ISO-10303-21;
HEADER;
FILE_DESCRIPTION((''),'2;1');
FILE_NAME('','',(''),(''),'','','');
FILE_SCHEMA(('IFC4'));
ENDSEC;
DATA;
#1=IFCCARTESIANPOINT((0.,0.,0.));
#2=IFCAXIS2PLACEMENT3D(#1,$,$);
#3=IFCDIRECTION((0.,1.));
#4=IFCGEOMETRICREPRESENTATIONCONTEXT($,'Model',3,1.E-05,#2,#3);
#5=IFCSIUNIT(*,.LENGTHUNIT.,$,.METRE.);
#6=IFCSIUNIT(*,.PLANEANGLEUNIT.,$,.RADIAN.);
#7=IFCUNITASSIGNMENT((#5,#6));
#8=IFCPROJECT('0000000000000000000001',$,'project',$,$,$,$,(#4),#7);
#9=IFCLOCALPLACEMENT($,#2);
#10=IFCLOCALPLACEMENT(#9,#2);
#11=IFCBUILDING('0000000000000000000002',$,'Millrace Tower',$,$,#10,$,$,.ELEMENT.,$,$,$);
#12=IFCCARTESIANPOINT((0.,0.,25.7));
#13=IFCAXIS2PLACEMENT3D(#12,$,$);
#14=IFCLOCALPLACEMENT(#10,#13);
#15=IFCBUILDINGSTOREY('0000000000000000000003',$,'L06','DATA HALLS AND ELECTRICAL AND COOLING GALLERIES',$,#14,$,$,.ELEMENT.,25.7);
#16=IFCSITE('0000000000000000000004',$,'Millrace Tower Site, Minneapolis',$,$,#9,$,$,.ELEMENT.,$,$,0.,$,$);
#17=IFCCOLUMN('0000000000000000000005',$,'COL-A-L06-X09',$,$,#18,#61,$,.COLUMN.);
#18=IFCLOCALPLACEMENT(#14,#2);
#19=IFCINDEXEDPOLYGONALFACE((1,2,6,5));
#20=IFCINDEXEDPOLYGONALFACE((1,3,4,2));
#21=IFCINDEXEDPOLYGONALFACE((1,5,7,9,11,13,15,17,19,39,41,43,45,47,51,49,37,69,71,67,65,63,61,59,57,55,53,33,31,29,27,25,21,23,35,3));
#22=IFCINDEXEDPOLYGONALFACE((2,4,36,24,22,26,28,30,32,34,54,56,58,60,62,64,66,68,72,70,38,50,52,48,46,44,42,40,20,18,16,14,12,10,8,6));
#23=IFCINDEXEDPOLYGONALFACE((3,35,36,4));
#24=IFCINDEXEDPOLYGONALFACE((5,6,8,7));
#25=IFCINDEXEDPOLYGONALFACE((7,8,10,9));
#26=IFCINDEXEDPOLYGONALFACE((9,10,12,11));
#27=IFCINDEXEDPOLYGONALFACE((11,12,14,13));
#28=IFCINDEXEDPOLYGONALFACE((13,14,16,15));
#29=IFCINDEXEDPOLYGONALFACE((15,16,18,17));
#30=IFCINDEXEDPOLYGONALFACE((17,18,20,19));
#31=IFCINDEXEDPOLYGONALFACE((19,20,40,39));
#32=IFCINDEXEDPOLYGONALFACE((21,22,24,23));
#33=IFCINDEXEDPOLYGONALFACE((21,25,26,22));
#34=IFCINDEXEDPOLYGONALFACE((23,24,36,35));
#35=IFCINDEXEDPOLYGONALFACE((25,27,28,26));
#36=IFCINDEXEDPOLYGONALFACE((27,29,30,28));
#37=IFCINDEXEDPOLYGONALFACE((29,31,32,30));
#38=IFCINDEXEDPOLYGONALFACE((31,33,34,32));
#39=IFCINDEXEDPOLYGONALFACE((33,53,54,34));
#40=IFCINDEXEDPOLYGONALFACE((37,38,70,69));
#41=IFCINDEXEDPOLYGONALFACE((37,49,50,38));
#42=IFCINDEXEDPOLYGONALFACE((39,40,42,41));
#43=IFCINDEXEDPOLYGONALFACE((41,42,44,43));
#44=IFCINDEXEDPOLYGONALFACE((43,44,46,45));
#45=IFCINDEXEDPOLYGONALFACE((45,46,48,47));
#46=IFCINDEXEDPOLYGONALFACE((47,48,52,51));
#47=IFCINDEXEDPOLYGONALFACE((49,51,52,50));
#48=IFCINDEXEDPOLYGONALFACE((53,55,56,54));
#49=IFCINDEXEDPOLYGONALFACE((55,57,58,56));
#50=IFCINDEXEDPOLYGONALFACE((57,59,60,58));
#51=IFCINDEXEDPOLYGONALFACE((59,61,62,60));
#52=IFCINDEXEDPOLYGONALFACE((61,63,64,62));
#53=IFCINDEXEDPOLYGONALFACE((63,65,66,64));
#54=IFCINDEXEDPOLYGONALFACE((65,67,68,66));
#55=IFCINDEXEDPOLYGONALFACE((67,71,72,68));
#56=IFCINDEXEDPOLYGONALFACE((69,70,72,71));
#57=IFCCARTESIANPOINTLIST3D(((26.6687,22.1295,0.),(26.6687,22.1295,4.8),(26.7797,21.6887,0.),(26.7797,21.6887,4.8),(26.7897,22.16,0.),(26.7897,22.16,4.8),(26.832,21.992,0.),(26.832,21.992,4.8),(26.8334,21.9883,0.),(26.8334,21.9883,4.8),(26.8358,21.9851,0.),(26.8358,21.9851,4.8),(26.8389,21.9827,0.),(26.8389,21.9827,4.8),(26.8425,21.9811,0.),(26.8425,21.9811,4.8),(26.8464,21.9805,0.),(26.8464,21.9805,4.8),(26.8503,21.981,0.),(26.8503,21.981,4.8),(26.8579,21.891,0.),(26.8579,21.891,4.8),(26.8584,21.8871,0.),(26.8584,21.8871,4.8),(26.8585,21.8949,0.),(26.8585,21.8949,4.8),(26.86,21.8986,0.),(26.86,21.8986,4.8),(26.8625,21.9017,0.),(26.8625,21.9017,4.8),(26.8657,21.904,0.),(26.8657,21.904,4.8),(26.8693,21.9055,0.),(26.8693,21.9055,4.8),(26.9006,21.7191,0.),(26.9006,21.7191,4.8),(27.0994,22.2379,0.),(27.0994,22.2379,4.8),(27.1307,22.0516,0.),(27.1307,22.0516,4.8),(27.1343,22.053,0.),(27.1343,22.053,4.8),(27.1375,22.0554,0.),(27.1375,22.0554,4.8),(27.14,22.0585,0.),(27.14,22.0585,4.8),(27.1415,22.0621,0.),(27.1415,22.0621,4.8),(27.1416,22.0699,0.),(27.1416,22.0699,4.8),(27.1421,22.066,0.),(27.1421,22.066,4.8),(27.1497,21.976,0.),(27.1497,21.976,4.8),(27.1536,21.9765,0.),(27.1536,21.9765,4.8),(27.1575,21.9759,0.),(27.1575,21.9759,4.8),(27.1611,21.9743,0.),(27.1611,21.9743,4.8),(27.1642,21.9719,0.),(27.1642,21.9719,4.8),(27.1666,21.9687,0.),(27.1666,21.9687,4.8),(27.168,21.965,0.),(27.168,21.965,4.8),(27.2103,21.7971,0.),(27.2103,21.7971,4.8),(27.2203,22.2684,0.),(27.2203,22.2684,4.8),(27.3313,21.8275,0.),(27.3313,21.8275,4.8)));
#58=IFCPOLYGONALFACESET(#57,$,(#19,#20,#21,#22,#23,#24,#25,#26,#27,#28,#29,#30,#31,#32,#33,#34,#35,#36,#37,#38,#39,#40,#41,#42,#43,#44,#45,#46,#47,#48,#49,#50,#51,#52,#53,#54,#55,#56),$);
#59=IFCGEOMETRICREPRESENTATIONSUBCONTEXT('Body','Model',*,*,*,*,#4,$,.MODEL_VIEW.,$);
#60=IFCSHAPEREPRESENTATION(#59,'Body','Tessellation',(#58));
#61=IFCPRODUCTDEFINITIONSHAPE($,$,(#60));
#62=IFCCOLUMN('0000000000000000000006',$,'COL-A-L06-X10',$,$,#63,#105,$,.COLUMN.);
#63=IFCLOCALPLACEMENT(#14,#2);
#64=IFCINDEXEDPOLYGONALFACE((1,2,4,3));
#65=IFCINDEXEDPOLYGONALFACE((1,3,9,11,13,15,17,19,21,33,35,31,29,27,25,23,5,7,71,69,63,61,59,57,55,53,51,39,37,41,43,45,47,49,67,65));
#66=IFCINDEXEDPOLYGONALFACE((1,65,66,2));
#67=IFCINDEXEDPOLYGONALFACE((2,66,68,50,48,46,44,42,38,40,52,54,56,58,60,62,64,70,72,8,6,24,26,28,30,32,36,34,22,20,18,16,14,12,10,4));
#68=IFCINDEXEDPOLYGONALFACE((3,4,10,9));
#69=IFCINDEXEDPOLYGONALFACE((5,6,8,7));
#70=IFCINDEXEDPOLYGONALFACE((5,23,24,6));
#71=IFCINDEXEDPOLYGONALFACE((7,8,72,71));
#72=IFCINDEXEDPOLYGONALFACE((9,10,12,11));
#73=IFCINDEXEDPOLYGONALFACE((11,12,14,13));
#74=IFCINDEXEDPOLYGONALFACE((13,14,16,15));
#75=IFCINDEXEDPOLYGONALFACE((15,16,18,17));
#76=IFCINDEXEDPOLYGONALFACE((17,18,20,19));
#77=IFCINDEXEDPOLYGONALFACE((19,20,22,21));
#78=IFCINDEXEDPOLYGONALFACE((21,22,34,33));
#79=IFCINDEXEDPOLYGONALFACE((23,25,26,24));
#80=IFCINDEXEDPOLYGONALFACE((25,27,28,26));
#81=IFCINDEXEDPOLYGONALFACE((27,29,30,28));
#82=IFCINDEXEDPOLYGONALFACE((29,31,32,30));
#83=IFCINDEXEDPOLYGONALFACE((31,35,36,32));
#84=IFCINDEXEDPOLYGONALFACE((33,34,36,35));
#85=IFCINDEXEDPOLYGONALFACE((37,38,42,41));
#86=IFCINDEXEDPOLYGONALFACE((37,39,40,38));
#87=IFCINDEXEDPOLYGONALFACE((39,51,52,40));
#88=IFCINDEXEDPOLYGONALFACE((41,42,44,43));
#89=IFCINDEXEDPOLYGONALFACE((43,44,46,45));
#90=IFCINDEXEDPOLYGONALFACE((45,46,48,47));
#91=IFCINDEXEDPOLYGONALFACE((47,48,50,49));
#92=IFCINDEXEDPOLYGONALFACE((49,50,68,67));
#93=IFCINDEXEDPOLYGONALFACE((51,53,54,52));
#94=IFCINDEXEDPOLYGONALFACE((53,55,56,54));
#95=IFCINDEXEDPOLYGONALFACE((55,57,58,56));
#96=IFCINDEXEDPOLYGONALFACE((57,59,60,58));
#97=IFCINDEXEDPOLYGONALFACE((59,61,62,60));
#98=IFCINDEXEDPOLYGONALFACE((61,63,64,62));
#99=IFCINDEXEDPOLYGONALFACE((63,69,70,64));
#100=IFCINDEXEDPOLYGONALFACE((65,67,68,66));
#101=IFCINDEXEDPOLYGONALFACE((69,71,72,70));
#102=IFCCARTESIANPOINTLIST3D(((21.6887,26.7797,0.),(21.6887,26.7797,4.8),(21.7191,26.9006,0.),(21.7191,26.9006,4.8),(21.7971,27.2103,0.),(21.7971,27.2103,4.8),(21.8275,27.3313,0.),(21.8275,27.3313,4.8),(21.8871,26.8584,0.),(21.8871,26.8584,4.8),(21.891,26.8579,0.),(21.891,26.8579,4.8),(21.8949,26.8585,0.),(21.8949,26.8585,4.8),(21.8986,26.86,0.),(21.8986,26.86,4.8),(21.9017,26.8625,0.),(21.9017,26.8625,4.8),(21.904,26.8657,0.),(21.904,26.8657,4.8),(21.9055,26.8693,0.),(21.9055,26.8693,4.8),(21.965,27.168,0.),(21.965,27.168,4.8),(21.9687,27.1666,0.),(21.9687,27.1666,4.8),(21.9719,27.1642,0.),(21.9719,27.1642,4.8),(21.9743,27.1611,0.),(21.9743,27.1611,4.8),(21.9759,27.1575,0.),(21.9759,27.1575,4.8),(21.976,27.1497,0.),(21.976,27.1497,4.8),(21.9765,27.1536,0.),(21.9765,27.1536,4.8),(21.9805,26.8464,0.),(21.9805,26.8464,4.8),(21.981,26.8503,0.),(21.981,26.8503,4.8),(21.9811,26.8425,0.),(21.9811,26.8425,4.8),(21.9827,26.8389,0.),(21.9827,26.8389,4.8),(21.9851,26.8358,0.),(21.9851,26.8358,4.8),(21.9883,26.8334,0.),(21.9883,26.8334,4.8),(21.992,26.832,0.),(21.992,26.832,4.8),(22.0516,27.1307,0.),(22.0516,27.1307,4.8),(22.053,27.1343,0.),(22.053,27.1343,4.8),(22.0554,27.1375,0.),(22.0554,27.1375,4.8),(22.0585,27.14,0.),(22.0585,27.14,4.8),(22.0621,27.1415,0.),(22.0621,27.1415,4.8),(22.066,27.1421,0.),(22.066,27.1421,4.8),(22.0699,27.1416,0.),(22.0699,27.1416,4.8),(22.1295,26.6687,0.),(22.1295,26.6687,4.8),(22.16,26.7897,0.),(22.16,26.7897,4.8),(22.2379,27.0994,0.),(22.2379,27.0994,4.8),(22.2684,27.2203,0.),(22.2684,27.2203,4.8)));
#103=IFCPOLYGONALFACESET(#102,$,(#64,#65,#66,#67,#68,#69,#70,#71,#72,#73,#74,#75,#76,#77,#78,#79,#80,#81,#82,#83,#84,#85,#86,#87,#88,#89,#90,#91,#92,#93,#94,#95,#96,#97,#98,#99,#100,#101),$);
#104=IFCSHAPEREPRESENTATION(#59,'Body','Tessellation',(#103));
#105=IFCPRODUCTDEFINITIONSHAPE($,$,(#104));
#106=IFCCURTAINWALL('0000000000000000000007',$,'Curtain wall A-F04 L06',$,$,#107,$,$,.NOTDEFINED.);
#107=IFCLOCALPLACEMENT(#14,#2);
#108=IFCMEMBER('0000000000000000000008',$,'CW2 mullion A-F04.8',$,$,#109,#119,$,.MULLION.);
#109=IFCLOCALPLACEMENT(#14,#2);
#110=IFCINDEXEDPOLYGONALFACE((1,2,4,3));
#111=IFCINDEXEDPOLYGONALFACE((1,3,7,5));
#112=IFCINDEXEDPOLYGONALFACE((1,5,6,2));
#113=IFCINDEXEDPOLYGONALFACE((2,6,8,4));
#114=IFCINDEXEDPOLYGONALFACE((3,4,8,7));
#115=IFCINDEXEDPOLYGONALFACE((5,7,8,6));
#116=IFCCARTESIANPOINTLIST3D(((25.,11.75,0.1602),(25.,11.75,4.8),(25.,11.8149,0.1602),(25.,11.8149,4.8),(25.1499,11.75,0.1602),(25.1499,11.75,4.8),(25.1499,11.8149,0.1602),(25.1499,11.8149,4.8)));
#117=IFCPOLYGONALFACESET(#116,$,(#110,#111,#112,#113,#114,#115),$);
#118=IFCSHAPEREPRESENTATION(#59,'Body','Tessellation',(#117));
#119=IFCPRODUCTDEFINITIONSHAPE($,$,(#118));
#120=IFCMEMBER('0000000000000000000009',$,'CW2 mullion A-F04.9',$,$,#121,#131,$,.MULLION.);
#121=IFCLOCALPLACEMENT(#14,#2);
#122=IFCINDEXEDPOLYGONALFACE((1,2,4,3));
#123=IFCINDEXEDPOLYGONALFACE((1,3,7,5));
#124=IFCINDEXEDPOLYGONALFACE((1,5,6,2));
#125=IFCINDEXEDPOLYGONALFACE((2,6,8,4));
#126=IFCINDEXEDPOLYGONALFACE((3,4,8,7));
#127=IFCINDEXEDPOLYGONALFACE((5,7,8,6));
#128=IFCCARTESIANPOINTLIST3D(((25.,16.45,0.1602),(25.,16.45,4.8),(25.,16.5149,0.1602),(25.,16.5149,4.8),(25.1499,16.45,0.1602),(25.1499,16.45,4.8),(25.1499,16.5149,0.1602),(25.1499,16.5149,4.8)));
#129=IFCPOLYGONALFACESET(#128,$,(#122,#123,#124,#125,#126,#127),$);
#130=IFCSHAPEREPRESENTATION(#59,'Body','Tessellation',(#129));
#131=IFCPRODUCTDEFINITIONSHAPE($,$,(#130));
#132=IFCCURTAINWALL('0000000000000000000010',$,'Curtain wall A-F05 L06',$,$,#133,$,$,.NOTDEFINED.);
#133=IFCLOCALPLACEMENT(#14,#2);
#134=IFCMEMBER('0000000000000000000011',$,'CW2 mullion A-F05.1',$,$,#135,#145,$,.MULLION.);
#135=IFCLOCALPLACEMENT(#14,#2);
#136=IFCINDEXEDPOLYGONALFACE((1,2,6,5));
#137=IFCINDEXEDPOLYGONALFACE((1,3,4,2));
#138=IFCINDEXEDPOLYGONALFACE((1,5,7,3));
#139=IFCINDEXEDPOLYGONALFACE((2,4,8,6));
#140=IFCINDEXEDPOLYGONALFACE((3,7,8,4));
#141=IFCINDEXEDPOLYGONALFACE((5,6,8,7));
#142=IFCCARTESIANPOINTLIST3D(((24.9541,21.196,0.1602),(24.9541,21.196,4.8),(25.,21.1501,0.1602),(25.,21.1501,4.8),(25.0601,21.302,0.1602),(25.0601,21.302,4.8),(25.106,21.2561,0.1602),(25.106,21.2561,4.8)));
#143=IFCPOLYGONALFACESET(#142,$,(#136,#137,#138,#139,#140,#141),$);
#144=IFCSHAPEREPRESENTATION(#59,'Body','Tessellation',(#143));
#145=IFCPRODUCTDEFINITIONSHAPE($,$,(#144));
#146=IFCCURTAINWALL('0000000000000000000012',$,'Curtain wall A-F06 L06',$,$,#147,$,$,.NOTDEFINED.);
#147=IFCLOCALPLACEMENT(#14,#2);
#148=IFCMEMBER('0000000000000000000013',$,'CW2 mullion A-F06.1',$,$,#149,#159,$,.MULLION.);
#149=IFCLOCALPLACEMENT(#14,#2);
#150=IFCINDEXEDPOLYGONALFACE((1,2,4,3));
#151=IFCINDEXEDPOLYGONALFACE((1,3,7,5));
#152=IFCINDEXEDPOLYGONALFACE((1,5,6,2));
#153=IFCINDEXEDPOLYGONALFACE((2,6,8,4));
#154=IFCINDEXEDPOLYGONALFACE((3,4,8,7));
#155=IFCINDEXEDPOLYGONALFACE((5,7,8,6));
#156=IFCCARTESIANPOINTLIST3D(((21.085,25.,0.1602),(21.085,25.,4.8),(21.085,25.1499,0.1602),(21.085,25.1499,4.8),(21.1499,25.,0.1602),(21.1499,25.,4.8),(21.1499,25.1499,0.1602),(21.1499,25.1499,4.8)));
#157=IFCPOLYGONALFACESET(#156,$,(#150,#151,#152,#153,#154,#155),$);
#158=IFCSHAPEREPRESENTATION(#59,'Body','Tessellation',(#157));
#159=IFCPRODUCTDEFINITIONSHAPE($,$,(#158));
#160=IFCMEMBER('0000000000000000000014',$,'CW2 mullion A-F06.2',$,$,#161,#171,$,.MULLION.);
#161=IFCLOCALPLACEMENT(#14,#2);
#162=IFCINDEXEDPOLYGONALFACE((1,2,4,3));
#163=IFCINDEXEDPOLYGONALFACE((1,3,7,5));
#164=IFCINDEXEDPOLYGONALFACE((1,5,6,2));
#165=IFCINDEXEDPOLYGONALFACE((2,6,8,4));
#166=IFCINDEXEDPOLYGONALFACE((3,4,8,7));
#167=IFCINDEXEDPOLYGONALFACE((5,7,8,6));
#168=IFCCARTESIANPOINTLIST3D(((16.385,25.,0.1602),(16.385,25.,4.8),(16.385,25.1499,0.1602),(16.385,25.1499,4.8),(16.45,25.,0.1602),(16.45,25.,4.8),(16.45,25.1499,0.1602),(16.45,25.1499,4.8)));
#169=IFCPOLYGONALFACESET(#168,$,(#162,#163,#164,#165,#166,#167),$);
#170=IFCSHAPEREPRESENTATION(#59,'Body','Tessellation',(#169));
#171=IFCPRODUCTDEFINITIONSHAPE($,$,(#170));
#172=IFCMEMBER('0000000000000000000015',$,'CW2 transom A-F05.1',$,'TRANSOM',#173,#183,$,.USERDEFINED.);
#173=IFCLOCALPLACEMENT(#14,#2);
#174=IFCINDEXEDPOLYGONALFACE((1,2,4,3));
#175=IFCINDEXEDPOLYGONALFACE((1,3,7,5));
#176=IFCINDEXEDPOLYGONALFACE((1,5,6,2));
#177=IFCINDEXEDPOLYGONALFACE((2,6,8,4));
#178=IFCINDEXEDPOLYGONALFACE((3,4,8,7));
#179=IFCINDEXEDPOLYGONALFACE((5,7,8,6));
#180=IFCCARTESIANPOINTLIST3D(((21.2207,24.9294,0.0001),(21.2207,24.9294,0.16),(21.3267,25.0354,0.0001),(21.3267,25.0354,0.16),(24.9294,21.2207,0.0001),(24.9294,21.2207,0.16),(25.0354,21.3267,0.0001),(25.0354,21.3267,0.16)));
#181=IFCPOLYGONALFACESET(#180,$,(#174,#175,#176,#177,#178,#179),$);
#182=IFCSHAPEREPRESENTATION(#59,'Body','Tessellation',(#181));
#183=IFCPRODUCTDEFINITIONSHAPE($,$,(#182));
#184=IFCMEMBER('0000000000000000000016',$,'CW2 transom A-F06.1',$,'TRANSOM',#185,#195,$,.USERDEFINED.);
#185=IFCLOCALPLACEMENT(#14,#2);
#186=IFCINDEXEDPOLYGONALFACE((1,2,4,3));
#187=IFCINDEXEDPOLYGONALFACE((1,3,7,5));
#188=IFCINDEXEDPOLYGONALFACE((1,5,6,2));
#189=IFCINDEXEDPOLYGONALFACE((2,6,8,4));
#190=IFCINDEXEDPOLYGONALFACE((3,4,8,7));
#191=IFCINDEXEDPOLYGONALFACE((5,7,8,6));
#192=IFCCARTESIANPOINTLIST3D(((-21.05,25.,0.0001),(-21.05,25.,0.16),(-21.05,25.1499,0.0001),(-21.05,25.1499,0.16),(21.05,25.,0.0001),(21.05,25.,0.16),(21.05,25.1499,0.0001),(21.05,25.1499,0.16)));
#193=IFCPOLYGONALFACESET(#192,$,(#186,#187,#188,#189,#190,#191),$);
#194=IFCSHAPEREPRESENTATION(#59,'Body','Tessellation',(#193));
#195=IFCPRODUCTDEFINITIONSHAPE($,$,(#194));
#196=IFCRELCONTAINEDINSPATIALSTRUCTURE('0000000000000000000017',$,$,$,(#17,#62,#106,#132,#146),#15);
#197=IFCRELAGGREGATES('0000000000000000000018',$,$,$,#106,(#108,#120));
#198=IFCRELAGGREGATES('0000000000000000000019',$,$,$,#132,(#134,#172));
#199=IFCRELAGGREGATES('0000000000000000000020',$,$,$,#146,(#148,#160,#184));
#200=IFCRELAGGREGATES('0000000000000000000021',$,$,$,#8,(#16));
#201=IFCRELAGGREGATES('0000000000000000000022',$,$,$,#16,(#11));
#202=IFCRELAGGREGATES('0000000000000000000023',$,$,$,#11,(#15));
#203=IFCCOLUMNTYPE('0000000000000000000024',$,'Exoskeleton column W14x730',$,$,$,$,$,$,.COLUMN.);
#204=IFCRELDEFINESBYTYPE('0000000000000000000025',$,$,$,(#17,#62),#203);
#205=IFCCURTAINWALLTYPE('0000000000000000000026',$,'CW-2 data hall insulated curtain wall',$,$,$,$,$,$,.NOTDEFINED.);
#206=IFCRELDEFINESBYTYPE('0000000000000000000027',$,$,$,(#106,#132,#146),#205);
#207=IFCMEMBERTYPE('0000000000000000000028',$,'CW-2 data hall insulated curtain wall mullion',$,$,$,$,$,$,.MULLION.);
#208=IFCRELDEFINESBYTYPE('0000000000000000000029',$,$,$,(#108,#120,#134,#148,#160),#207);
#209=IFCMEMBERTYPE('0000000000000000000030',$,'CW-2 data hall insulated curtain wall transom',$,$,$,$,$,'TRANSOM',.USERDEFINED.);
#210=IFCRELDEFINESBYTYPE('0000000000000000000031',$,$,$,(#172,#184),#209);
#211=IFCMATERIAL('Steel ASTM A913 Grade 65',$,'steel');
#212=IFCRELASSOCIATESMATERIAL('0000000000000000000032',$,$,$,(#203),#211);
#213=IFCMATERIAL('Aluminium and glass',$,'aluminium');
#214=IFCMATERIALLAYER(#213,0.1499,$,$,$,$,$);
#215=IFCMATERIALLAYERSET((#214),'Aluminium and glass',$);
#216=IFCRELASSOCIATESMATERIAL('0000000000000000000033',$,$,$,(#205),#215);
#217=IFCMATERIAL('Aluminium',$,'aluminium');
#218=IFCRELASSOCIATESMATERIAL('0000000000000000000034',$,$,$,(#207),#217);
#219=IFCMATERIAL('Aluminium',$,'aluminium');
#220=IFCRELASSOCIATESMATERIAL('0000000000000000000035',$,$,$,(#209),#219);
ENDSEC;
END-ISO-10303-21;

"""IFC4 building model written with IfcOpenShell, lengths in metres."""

from ifc_helpers import new_model, si_unit, direction, frame, origin, origin_2d, place, context, subcontext, project, spatial, rectangle, i_section, extrude, material, layer, layer_set, material_profile, profile_set, type_object, element, aggregate, save


model = new_model("IFC4")

# Units and contexts
model_context = context("Model", 3, precision=1e-05, world=origin(), true_north=direction((0.0, 1.0)))
body_context = subcontext(model_context, "Body", "Model", "MODEL_VIEW")
ifc_project = project(units=[si_unit("LENGTHUNIT", "METRE"), si_unit("PLANEANGLEUNIT", "RADIAN")], contexts=[model_context])

# Site, building, storey
site_placement = place(None, origin())
site = spatial("IfcSite", under=ifc_project, at=site_placement, Name="Millrace Tower Site, Minneapolis", CompositionType="ELEMENT", RefElevation=0.0)
building_placement = place(site_placement, origin())
building = spatial("IfcBuilding", under=site, at=building_placement, Name="Millrace Tower", CompositionType="ELEMENT")
storey_placement = place(building_placement, frame((0.0, 0.0, 25.7)))
storey = spatial("IfcBuildingStorey", under=building, at=storey_placement, Name="L06", Description="DATA HALLS AND ELECTRICAL AND COOLING GALLERIES", CompositionType="ELEMENT", Elevation=25.7)

# Columns
ifc_material_1 = material(Name="Steel ASTM A913 Grade 65", Category="steel")
ifc_material_profile_1 = material_profile(ifc_material_1, i_section(OverallWidth=0.4546, OverallDepth=0.5688, WebThickness=0.0779, FlangeThickness=0.1248, FilletRadius=0.0151, at=origin_2d()))
ifc_profile_set_1 = profile_set([ifc_material_profile_1], Name="Steel ASTM A913 Grade 65")
column_type = type_object("IfcColumnType", Name="Exoskeleton column W14x730", PredefinedType="COLUMN", material=ifc_profile_set_1)
for number, where, z_axis, x_axis, name in (
    (1, (27.0, 21.9785, 0.0), (0.0, 0.0, 1.0), (-0.244094, 0.969752, 0.0), "COL-A-L06-X09"),
    (2, (21.9785, 27.0, 0.0), (0.0, 0.0, 1.0), (-0.969752, 0.244094, 0.0), "COL-A-L06-X10"),
):
    element("IfcColumn", number, at=place(storey_placement, frame(where, z_axis=z_axis, x_axis=x_axis)), inside=storey, type_object=column_type, Name=name, PredefinedType="COLUMN", context=body_context, shape_type="SweptSolid", body=[
        extrude(i_section(OverallWidth=0.4546, OverallDepth=0.5688, WebThickness=0.0779, FlangeThickness=0.1248, FilletRadius=0.0151, at=origin_2d()), origin(), (0.0, 0.0, 1.0), 4.8),
    ])

# Curtain wall, members
ifc_material_2 = material(Name="Aluminium and glass", Category="aluminium")
ifc_layer_1 = layer(ifc_material_2, 0.1499)
ifc_layer_set_1 = layer_set([ifc_layer_1], Name="Aluminium and glass")
curtain_wall_type = type_object("IfcCurtainWallType", Name="CW-2 data hall insulated curtain wall", PredefinedType="NOTDEFINED", material=ifc_layer_set_1)
placement = place(storey_placement, origin())
curtain_wall_1 = element("IfcCurtainWall", 3, at=placement, inside=storey, type_object=curtain_wall_type, Name="Curtain wall A-F04 L06", PredefinedType="NOTDEFINED")
ifc_material_3 = material(Name="Aluminium", Category="aluminium")
ifc_material_profile_2 = material_profile(ifc_material_3, rectangle(XDim=0.0649, YDim=0.1499, at=origin_2d()))
ifc_profile_set_2 = profile_set([ifc_material_profile_2], Name="Aluminium")
member_type_1 = type_object("IfcMemberType", Name="CW-2 data hall insulated curtain wall mullion", PredefinedType="MULLION", material=ifc_profile_set_2)
member_1_placement = place(storey_placement, frame((25.075, 11.7825, 0.1602), z_axis=(0.0, 0.0, 1.0), x_axis=(0.0, 1.0, 0.0)))
member_1 = element("IfcMember", 4, at=member_1_placement, type_object=member_type_1, Name="CW2 mullion A-F04.8", PredefinedType="MULLION", context=body_context, shape_type="SweptSolid", body=[
    extrude(rectangle(XDim=0.0649, YDim=0.1499, at=origin_2d()), origin(), (0.0, 0.0, 1.0), 4.6399),
])
member_2_placement = place(storey_placement, frame((25.075, 16.4824, 0.1602), z_axis=(0.0, 0.0, 1.0), x_axis=(0.0, 1.0, 0.0)))
member_2 = element("IfcMember", 5, at=member_2_placement, type_object=member_type_1, Name="CW2 mullion A-F04.9", PredefinedType="MULLION", context=body_context, shape_type="SweptSolid", body=[
    extrude(rectangle(XDim=0.0649, YDim=0.1499, at=origin_2d()), origin(), (0.0, 0.0, 1.0), 4.6399),
])
aggregate(curtain_wall_1, [member_1, member_2])

# Curtain wall, member
curtain_wall_2 = element("IfcCurtainWall", 6, at=placement, inside=storey, type_object=curtain_wall_type, Name="Curtain wall A-F05 L06", PredefinedType="NOTDEFINED")
member_3_placement = place(storey_placement, frame((25.03, 21.2261, 0.1602), z_axis=(0.0, 0.0, 1.0), x_axis=(-0.707107, 0.707107, 0.0)))
member_3 = element("IfcMember", 7, at=member_3_placement, type_object=member_type_1, Name="CW2 mullion A-F05.1", PredefinedType="MULLION", context=body_context, shape_type="SweptSolid", body=[
    extrude(rectangle(XDim=0.0649, YDim=0.1499, at=origin_2d()), origin(), (0.0, 0.0, 1.0), 4.6399),
])

# Curtain wall, members
curtain_wall_3 = element("IfcCurtainWall", 8, at=placement, inside=storey, type_object=curtain_wall_type, Name="Curtain wall A-F06 L06", PredefinedType="NOTDEFINED")
member_4_placement = place(storey_placement, frame((21.1174, 25.075, 0.1602), z_axis=(0.0, 0.0, 1.0), x_axis=(-1.0, 0.0, 0.0)))
member_4 = element("IfcMember", 9, at=member_4_placement, type_object=member_type_1, Name="CW2 mullion A-F06.1", PredefinedType="MULLION", context=body_context, shape_type="SweptSolid", body=[
    extrude(rectangle(XDim=0.0649, YDim=0.1499, at=origin_2d()), origin(), (0.0, 0.0, 1.0), 4.6399),
])
member_5_placement = place(storey_placement, frame((16.4175, 25.075, 0.1602), z_axis=(0.0, 0.0, 1.0), x_axis=(-1.0, 0.0, 0.0)))
member_5 = element("IfcMember", 10, at=member_5_placement, type_object=member_type_1, Name="CW2 mullion A-F06.2", PredefinedType="MULLION", context=body_context, shape_type="SweptSolid", body=[
    extrude(rectangle(XDim=0.0649, YDim=0.1499, at=origin_2d()), origin(), (0.0, 0.0, 1.0), 4.6399),
])

# Members
ifc_material_4 = material(Name="Aluminium", Category="aluminium")
ifc_material_profile_3 = material_profile(ifc_material_4, rectangle(XDim=0.1499, YDim=0.1599, at=origin_2d()))
ifc_profile_set_3 = profile_set([ifc_material_profile_3], Name="Aluminium")
member_type_2 = type_object("IfcMemberType", Name="CW-2 data hall insulated curtain wall transom", ElementType="TRANSOM", PredefinedType="USERDEFINED", material=ifc_profile_set_3)
member_6_placement = place(storey_placement, frame((24.9824, 21.2737, 0.0801), z_axis=(-0.707107, 0.707107, 0.0), x_axis=(-0.707107, -0.707107, 0.0)))
member_6 = element("IfcMember", 11, at=member_6_placement, type_object=member_type_2, Name="CW2 transom A-F05.1", ObjectType="TRANSOM", PredefinedType="USERDEFINED", context=body_context, shape_type="SweptSolid", body=[
    extrude(rectangle(XDim=0.1499, YDim=0.1599, at=origin_2d()), origin(), (0.0, 0.0, 1.0), 5.2449),
])
aggregate(curtain_wall_2, [member_3, member_6])
member_7_placement = place(storey_placement, frame((21.05, 25.075, 0.0801), z_axis=(-1.0, 0.0, 0.0), x_axis=(0.0, -1.0, 0.0)))
member_7 = element("IfcMember", 12, at=member_7_placement, type_object=member_type_2, Name="CW2 transom A-F06.1", ObjectType="TRANSOM", PredefinedType="USERDEFINED", context=body_context, shape_type="SweptSolid", body=[
    extrude(rectangle(XDim=0.1499, YDim=0.1599, at=origin_2d()), origin(), (0.0, 0.0, 1.0), 42.1001),
])
aggregate(curtain_wall_3, [member_4, member_5, member_7])

save(model, "model.ifc")
